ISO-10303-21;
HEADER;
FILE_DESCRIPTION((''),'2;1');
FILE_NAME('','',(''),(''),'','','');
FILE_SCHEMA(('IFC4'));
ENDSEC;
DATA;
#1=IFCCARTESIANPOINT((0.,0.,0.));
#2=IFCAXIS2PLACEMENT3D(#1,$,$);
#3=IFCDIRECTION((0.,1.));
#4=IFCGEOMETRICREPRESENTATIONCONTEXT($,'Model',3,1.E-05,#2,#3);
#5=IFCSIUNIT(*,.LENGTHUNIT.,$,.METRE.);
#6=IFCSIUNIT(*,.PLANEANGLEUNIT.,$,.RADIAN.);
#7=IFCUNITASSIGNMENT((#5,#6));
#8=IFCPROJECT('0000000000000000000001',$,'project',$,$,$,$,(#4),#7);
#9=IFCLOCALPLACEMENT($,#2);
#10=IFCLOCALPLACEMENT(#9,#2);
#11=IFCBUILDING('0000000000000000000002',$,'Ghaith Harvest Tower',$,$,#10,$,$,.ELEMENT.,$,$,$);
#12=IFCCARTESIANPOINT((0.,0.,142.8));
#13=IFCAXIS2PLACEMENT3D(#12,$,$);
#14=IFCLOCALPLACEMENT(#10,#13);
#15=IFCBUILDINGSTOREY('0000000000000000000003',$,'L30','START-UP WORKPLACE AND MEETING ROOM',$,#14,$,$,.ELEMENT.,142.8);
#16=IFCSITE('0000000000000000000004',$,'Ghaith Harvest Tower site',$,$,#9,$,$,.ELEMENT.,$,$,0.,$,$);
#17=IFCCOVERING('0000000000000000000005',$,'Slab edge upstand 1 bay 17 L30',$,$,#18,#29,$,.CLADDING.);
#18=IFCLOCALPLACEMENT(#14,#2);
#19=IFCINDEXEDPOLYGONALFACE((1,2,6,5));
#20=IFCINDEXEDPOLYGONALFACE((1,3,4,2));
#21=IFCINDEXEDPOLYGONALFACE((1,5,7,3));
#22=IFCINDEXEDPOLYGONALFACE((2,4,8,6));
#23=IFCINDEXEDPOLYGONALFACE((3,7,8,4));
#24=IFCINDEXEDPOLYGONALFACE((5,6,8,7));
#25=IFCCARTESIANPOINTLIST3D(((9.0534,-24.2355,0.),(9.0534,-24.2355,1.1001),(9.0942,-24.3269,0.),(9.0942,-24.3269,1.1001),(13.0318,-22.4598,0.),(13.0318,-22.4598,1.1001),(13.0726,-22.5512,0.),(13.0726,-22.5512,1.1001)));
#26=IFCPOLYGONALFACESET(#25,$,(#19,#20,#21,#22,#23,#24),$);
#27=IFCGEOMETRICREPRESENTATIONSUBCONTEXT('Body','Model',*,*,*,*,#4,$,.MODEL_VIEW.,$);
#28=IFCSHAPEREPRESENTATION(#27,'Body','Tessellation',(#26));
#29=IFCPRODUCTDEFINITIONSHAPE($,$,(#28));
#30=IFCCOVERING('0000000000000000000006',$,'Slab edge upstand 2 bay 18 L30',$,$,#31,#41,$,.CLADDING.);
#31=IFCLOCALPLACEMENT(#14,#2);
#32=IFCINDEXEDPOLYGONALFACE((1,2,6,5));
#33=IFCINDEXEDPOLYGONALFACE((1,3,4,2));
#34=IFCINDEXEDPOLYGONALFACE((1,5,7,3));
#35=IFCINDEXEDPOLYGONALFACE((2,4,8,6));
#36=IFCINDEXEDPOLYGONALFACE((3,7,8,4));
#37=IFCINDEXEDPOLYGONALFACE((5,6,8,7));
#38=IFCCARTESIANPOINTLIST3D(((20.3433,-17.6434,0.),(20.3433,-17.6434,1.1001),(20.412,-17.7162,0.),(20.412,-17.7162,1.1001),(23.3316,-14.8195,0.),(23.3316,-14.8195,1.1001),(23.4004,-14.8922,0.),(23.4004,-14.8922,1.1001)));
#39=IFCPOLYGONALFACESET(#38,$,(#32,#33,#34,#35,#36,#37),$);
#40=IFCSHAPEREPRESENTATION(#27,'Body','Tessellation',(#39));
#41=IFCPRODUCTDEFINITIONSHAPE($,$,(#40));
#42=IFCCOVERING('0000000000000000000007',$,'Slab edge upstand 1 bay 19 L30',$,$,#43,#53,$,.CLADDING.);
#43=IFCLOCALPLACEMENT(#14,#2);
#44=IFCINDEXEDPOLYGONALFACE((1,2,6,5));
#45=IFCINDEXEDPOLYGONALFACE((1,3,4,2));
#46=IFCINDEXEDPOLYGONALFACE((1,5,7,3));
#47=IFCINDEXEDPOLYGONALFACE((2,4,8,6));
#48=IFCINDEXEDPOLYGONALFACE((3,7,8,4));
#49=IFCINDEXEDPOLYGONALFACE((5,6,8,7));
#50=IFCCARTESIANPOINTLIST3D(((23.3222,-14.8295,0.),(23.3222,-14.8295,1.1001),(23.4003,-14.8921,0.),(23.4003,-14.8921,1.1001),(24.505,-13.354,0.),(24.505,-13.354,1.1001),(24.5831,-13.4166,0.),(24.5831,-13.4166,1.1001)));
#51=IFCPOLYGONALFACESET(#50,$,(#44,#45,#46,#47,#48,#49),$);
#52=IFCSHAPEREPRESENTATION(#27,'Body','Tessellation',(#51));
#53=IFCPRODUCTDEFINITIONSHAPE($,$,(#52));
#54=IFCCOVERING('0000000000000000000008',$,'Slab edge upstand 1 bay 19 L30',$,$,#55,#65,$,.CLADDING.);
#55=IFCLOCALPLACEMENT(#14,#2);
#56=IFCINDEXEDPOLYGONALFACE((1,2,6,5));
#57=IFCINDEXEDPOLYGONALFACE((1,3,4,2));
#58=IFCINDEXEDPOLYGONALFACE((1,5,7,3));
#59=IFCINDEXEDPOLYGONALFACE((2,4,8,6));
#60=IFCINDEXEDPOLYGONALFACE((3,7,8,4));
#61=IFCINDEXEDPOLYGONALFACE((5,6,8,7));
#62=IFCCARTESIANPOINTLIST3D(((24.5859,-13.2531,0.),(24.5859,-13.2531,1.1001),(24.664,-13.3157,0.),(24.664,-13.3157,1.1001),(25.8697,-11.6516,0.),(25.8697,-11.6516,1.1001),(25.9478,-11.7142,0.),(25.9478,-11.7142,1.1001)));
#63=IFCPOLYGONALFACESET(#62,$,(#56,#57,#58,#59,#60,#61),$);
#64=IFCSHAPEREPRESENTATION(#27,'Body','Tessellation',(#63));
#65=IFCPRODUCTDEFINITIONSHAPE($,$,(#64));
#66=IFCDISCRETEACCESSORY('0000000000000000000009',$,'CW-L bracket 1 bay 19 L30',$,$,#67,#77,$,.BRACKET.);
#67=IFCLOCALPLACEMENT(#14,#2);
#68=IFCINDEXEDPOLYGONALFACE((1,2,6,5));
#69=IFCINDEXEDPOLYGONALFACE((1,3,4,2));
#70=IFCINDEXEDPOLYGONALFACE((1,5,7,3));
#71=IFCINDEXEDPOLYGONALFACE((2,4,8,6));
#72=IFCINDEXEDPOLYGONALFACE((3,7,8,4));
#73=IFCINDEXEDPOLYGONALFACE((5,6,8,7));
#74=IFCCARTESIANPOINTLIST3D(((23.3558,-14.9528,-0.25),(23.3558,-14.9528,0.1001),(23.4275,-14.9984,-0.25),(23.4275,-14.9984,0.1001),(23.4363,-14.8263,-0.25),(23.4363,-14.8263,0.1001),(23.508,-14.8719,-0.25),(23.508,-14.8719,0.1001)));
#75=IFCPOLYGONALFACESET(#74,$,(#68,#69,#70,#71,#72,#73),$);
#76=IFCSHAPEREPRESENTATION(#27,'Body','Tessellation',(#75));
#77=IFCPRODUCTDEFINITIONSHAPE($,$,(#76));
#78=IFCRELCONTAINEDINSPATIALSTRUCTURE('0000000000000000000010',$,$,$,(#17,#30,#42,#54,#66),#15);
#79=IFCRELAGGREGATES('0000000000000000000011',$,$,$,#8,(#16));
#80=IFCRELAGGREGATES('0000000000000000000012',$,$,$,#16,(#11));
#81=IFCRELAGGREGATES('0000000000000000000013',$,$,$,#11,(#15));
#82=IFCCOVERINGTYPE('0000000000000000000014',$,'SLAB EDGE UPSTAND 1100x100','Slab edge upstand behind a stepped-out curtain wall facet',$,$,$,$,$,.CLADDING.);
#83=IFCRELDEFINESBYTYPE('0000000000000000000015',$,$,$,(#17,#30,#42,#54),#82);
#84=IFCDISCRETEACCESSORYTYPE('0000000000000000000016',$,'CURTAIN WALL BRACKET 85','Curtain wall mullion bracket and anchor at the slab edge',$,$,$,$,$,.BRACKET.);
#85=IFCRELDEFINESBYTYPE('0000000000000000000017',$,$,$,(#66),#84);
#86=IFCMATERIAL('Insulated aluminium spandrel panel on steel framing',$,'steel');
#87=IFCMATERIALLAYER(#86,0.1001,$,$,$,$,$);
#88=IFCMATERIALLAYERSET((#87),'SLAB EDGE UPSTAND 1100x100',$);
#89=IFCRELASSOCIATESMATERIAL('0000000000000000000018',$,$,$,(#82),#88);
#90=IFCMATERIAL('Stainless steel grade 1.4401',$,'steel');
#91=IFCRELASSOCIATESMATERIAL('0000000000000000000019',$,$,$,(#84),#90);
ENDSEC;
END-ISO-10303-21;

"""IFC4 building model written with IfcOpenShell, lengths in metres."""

from ifc_helpers import new_model, si_unit, direction, frame, origin, origin_2d, place, context, subcontext, project, spatial, rectangle, extrude, material, layer, layer_set, type_object, element, save


model = new_model("IFC4")

# Units and contexts
model_context = context("Model", 3, precision=1e-05, world=origin(), true_north=direction((0.0, 1.0)))
body_context = subcontext(model_context, "Body", "Model", "MODEL_VIEW")
ifc_project = project(units=[si_unit("LENGTHUNIT", "METRE"), si_unit("PLANEANGLEUNIT", "RADIAN")], contexts=[model_context])

# Site, building, storey
site_placement = place(None, origin())
site = spatial("IfcSite", under=ifc_project, at=site_placement, Name="Ghaith Harvest Tower site", CompositionType="ELEMENT", RefElevation=0.0)
building_placement = place(site_placement, origin())
building = spatial("IfcBuilding", under=site, at=building_placement, Name="Ghaith Harvest Tower", CompositionType="ELEMENT")
storey_placement = place(building_placement, frame((0.0, 0.0, 142.8)))
storey = spatial("IfcBuildingStorey", under=building, at=storey_placement, Name="L30", Description="START-UP WORKPLACE AND MEETING ROOM", CompositionType="ELEMENT", Elevation=142.8)

# Coverings
ifc_material_1 = material(Name="Insulated aluminium spandrel panel on steel framing", Category="steel")
ifc_layer_1 = layer(ifc_material_1, 0.1001)
ifc_layer_set_1 = layer_set([ifc_layer_1], Name="SLAB EDGE UPSTAND 1100x100")
covering_type = type_object("IfcCoveringType", Name="SLAB EDGE UPSTAND 1100x100", Description="Slab edge upstand behind a stepped-out curtain wall facet", PredefinedType="CLADDING", material=ifc_layer_set_1)
covering_1_placement = place(storey_placement, frame((11.063, -23.3933, 0.0), z_axis=(0.0, 0.0, 1.0), x_axis=(0.91317, 0.407578, 0.0)))
element("IfcCovering", 1, at=covering_1_placement, inside=storey, type_object=covering_type, Name="Slab edge upstand 1 bay 17 L30", PredefinedType="CLADDING", context=body_context, shape_type="SweptSolid", body=[
    extrude(rectangle(XDim=4.3567, YDim=0.1001, at=origin_2d()), origin(), (0.0, 0.0, 1.0), 1.1001),
])
covering_2_placement = place(storey_placement, frame((21.8718, -16.2678, 0.0), z_axis=(0.0, 0.0, 1.0), x_axis=(0.72681, 0.686839, 0.0)))
element("IfcCovering", 2, at=covering_2_placement, inside=storey, type_object=covering_type, Name="Slab edge upstand 2 bay 18 L30", PredefinedType="CLADDING", context=body_context, shape_type="SweptSolid", body=[
    extrude(rectangle(XDim=4.1116, YDim=0.1001, at=origin_2d()), origin(), (0.0, 0.0, 1.0), 1.1001),
])
covering_3_placement = place(storey_placement, frame((23.9526, -14.123, 0.0), z_axis=(0.0, 0.0, 1.0), x_axis=(0.625468, 0.78025, 0.0)))
element("IfcCovering", 3, at=covering_3_placement, inside=storey, type_object=covering_type, Name="Slab edge upstand 1 bay 19 L30", PredefinedType="CLADDING", context=body_context, shape_type="SweptSolid", body=[
    extrude(rectangle(XDim=1.8911, YDim=0.1001, at=origin_2d()), origin(), (0.0, 0.0, 1.0), 1.1001),
])
covering_4_placement = place(storey_placement, frame((25.2668, -12.4836, 0.0), z_axis=(0.0, 0.0, 1.0), x_axis=(0.625468, 0.78025, 0.0)))
element("IfcCovering", 4, at=covering_4_placement, inside=storey, type_object=covering_type, Name="Slab edge upstand 1 bay 19 L30", PredefinedType="CLADDING", context=body_context, shape_type="SweptSolid", body=[
    extrude(rectangle(XDim=2.0525, YDim=0.1001, at=origin_2d()), origin(), (0.0, 0.0, 1.0), 1.1001),
])

# Discrete accessory
ifc_material_2 = material(Name="Stainless steel grade 1.4401", Category="steel")
discrete_accessory_type = type_object("IfcDiscreteAccessoryType", Name="CURTAIN WALL BRACKET 85", Description="Curtain wall mullion bracket and anchor at the slab edge", PredefinedType="BRACKET", material=ifc_material_2)
discrete_accessory_placement = place(storey_placement, frame((23.4319, -14.9124, -0.25), z_axis=(0.0, 0.0, 1.0), x_axis=(0.843644, -0.536903, 0.0)))
element("IfcDiscreteAccessory", 5, at=discrete_accessory_placement, inside=storey, type_object=discrete_accessory_type, Name="CW-L bracket 1 bay 19 L30", PredefinedType="BRACKET", context=body_context, shape_type="SweptSolid", body=[
    extrude(rectangle(XDim=0.085, YDim=0.1499, at=origin_2d()), origin(), (0.0, 0.0, 1.0), 0.3501),
])

save(model, "model.ifc")
